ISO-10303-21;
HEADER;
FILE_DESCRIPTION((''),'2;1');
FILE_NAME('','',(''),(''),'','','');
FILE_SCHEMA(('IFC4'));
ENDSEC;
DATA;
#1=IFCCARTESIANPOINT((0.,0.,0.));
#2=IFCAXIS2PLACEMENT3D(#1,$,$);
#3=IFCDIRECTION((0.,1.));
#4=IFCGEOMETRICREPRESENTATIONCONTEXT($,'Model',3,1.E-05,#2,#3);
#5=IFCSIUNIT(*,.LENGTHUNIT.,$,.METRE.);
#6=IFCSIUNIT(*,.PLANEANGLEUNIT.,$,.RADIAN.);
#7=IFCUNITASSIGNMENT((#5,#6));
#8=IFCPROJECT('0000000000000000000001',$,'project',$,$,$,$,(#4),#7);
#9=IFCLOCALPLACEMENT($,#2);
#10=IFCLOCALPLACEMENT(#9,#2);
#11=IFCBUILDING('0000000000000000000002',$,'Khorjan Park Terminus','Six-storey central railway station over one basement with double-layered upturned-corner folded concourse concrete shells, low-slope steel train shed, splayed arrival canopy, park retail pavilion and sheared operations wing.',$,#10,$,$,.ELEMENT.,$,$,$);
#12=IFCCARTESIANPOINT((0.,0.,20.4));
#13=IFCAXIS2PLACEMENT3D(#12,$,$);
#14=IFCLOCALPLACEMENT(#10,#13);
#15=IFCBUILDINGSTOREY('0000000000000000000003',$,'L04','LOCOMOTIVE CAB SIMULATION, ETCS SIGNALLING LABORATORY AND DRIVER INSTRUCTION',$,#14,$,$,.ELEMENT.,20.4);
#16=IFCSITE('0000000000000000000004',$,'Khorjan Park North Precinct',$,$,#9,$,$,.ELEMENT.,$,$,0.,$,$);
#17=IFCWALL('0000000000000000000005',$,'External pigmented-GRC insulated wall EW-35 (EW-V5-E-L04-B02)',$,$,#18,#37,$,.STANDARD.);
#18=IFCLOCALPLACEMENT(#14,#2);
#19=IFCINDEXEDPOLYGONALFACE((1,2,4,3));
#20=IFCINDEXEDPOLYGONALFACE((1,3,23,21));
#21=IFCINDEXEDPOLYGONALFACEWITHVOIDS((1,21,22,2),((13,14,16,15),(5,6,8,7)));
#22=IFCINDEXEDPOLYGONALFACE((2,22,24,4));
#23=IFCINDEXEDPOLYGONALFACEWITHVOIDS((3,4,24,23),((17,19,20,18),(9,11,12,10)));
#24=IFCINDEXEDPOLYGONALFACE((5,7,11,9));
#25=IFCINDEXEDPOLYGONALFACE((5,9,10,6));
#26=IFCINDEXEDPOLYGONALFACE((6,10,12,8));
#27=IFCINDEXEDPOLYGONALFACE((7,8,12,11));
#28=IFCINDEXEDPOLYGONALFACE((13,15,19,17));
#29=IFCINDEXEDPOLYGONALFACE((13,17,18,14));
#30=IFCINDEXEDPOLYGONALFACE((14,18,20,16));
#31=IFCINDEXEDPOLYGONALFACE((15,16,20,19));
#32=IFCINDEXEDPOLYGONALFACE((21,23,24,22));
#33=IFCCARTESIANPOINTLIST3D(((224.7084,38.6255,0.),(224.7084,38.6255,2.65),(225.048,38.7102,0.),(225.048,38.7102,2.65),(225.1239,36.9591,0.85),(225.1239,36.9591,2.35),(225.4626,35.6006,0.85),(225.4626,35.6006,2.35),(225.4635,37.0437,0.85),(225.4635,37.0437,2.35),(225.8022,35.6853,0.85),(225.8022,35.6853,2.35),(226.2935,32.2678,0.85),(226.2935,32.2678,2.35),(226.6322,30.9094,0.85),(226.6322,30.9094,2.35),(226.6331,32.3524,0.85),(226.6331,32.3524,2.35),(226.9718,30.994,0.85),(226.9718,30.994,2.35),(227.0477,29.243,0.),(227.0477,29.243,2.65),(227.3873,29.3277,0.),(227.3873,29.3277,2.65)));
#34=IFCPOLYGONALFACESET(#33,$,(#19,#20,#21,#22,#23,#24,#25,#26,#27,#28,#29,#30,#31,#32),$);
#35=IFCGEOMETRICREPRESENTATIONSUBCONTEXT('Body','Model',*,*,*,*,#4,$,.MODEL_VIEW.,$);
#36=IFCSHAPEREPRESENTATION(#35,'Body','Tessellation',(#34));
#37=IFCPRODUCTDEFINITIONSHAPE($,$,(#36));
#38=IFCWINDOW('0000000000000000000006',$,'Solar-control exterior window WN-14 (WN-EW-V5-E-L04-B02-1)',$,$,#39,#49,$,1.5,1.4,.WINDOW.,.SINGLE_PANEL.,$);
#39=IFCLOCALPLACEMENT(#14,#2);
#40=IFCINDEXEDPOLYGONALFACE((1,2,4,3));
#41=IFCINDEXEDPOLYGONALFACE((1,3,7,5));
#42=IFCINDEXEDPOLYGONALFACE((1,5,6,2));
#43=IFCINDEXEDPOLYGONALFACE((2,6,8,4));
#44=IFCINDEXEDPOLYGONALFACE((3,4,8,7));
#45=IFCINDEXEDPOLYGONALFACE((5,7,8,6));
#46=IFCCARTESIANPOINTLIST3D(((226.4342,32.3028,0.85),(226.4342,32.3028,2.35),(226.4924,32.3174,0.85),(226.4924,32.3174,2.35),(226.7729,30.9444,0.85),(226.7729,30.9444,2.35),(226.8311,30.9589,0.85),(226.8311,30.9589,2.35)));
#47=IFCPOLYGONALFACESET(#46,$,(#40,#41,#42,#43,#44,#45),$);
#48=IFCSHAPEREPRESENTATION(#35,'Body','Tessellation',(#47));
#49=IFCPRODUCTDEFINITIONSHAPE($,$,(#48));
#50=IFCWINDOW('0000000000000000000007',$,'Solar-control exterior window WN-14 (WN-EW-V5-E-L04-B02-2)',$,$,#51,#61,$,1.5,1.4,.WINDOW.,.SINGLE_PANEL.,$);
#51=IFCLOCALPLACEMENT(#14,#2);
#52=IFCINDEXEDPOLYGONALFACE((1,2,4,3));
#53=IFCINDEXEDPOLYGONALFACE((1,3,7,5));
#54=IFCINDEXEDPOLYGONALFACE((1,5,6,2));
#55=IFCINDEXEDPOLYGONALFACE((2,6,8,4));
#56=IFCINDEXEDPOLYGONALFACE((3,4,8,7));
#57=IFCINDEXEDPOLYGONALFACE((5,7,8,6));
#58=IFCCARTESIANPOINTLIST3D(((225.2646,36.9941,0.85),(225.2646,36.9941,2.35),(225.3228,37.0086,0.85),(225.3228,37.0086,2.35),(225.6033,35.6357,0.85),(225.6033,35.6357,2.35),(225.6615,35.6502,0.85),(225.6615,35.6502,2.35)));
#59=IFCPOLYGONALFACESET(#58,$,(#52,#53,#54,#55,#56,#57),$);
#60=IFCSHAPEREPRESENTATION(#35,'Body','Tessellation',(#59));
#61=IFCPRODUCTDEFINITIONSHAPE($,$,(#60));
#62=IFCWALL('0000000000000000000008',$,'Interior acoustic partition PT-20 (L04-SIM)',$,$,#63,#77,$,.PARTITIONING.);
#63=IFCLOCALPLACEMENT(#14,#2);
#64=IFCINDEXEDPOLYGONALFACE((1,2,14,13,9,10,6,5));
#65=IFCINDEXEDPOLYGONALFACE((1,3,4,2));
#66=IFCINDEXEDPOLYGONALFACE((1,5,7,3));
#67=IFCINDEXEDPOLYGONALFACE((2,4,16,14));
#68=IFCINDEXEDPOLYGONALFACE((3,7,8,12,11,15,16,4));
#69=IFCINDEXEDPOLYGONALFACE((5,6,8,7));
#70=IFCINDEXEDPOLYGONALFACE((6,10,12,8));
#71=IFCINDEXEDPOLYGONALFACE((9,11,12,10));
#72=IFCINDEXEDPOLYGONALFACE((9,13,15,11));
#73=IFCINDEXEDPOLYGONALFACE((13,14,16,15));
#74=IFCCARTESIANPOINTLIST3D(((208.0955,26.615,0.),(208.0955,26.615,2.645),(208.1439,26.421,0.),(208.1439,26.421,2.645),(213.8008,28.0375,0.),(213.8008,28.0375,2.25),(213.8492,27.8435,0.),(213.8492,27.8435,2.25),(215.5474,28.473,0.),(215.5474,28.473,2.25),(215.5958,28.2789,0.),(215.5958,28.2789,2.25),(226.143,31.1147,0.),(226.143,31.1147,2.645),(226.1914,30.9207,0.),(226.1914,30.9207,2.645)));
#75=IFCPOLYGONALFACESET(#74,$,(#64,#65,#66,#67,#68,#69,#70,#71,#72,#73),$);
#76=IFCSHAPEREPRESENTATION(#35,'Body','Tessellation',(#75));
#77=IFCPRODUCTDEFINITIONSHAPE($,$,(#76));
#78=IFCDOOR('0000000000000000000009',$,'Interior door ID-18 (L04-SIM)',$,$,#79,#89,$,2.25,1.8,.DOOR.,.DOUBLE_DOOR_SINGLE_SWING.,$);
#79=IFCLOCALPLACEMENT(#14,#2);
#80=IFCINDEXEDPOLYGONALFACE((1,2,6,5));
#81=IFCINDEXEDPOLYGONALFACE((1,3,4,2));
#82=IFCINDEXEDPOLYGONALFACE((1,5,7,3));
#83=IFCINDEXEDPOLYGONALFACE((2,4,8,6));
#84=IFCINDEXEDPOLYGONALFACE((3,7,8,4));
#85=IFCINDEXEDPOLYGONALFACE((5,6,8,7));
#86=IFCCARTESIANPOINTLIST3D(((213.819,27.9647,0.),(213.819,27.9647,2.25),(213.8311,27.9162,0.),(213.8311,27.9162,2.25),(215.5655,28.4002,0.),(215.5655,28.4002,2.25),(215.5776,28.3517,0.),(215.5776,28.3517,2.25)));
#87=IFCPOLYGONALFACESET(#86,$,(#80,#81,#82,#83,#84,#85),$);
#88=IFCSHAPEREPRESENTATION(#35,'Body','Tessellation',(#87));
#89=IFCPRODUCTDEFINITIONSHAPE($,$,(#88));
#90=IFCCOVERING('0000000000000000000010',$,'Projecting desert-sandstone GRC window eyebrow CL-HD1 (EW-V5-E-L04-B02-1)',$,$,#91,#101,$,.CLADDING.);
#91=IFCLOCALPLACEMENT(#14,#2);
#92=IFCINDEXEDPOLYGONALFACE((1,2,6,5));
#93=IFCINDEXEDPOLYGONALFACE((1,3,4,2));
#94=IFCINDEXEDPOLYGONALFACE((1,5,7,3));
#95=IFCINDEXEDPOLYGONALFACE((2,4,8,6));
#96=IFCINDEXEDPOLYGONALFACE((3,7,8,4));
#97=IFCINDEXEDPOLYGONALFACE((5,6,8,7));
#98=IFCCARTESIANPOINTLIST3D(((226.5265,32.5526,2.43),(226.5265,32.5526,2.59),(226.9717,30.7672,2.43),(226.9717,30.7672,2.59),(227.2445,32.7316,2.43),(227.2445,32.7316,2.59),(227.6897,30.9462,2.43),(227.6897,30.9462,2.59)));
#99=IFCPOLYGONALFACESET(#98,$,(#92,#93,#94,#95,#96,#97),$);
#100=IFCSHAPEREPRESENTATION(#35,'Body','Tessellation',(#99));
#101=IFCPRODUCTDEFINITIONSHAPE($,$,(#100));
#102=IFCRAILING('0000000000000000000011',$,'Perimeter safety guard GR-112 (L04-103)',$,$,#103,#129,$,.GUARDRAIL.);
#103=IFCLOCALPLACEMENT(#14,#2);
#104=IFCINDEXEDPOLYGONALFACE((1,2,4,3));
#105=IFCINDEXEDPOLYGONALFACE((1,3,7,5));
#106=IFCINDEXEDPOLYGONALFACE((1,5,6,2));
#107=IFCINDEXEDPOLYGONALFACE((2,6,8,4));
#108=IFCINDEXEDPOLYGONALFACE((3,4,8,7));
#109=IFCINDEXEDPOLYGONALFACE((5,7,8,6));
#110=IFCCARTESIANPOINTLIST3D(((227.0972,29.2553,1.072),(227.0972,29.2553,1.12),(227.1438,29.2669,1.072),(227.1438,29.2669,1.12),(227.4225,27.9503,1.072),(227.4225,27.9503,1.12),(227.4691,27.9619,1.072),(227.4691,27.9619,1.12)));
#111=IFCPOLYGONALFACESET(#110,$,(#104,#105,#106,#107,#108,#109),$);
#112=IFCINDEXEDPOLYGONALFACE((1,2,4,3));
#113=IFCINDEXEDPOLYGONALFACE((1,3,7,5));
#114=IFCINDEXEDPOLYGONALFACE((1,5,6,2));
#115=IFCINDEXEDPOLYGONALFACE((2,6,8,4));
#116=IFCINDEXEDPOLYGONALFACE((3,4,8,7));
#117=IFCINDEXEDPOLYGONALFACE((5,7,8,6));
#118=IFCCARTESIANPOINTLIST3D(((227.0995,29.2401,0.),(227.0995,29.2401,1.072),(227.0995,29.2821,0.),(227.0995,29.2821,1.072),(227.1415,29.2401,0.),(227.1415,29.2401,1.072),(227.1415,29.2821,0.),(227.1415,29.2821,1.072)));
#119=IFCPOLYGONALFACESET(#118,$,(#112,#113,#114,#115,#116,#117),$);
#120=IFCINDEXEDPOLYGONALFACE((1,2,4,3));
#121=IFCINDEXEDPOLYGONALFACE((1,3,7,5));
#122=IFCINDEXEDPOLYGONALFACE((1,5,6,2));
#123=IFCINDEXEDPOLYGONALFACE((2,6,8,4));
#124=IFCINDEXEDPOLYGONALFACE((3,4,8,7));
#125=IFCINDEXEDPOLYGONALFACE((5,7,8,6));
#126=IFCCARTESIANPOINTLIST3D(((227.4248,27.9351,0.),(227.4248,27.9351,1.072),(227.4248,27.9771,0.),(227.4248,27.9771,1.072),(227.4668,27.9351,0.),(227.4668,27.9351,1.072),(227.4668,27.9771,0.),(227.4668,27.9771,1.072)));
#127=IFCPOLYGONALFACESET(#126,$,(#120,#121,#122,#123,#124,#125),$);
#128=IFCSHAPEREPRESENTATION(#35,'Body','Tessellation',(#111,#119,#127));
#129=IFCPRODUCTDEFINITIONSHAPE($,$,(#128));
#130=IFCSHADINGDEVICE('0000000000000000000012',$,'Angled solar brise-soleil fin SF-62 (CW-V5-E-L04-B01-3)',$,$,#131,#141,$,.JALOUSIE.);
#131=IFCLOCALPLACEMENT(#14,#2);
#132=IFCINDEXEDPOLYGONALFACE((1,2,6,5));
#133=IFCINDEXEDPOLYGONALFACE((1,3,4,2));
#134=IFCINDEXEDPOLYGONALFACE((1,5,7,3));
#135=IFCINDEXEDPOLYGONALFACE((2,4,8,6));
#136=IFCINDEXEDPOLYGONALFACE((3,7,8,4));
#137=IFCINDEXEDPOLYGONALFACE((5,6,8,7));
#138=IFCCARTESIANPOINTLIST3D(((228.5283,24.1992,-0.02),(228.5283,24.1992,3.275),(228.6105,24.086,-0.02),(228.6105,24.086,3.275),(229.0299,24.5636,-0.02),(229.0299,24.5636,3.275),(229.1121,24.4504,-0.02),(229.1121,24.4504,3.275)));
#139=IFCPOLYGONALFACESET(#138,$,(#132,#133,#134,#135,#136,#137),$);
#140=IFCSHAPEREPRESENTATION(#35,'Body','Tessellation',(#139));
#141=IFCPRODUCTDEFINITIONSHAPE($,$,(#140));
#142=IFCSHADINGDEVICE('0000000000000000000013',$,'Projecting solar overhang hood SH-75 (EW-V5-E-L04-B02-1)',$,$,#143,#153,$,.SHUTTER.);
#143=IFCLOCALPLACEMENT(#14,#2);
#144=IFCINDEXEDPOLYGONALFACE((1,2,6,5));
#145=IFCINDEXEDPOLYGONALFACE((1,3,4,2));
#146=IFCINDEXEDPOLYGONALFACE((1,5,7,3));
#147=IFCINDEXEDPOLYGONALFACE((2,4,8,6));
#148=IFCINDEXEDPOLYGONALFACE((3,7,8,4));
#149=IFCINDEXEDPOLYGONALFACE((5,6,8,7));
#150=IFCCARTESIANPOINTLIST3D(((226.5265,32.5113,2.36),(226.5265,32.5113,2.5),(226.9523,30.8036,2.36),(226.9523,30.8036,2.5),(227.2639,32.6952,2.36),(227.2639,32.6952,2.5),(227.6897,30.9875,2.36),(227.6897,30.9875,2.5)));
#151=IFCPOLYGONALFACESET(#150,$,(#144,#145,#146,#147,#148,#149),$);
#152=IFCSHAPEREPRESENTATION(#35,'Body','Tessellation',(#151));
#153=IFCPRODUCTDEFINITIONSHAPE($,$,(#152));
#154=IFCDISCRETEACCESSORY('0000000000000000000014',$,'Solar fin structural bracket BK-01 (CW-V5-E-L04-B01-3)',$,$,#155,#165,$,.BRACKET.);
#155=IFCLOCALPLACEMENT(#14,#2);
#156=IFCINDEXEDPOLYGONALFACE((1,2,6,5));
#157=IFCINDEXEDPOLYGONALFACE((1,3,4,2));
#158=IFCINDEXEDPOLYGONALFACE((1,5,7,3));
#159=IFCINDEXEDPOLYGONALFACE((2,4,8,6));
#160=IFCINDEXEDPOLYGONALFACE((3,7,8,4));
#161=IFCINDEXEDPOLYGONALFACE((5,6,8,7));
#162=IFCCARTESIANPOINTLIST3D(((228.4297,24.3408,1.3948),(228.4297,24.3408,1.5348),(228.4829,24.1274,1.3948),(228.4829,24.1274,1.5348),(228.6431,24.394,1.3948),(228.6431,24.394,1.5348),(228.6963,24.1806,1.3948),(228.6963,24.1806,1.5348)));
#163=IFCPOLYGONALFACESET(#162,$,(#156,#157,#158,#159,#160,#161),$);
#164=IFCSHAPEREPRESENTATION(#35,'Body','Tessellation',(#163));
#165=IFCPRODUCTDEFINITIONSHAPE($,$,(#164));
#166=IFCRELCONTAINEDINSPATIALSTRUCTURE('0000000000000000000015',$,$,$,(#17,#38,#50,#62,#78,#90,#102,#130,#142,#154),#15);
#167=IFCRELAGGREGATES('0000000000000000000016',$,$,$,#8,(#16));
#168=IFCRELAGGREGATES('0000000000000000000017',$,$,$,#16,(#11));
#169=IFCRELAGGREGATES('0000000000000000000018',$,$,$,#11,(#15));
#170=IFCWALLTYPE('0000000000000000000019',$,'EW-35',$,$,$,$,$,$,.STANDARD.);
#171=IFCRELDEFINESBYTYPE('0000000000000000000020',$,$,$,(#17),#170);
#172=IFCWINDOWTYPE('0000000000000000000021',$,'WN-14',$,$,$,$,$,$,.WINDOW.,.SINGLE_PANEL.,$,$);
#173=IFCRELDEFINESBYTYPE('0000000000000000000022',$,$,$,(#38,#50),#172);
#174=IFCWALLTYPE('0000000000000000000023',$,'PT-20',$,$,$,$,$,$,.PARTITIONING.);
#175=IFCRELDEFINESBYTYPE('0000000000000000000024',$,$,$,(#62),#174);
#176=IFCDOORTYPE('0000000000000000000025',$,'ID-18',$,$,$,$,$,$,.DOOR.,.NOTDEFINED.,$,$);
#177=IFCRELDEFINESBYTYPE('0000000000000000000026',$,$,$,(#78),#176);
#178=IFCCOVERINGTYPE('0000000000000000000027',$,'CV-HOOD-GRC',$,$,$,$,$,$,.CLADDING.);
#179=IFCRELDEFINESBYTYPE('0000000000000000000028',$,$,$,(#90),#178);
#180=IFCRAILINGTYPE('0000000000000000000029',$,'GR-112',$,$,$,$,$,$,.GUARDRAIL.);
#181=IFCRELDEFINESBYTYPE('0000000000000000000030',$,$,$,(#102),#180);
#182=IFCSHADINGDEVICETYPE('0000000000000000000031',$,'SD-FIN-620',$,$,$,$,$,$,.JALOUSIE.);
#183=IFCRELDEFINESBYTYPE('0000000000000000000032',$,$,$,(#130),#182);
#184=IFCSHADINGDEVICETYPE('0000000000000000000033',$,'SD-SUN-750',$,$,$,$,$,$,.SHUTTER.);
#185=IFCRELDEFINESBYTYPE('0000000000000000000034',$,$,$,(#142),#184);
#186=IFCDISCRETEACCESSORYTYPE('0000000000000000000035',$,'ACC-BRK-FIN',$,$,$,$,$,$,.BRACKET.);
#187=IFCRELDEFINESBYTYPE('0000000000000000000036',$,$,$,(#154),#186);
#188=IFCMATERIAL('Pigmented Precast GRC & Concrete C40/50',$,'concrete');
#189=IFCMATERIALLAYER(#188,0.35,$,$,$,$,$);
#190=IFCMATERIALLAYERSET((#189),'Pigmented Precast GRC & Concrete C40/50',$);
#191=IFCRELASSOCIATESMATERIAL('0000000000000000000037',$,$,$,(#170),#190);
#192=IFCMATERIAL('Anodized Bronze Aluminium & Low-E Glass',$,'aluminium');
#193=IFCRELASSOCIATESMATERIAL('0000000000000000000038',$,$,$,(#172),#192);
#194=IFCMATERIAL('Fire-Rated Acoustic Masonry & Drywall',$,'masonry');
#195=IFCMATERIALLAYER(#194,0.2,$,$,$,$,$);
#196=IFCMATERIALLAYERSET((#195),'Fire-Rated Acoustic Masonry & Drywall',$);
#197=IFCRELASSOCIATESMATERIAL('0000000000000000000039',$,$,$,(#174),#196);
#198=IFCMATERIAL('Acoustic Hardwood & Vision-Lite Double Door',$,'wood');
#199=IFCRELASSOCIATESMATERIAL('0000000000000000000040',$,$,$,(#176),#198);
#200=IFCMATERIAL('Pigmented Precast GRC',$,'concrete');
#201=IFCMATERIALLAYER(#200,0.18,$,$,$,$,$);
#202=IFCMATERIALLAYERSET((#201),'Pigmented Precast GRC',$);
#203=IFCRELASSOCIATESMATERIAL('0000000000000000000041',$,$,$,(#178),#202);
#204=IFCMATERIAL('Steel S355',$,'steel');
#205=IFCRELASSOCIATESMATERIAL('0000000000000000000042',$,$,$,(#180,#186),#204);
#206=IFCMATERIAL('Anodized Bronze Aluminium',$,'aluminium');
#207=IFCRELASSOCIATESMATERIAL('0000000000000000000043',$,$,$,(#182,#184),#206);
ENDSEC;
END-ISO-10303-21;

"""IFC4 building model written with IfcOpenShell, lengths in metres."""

from ifc_helpers import new_model, si_unit, direction, frame, frame_2d, origin, origin_2d, place, context, subcontext, project, spatial, rectangle, extrude, material, layer, layer_set, type_object, element, fill, save


model = new_model("IFC4")

# Units and contexts
model_context = context("Model", 3, precision=1e-05, world=origin(), true_north=direction((0.0, 1.0)))
body_context = subcontext(model_context, "Body", "Model", "MODEL_VIEW")
ifc_project = project(units=[si_unit("LENGTHUNIT", "METRE"), si_unit("PLANEANGLEUNIT", "RADIAN")], contexts=[model_context])

# Site, building, storey
site_placement = place(None, origin())
site = spatial("IfcSite", under=ifc_project, at=site_placement, Name="Khorjan Park North Precinct", CompositionType="ELEMENT", RefElevation=0.0)
building_placement = place(site_placement, origin())
building = spatial("IfcBuilding", under=site, at=building_placement, Name="Khorjan Park Terminus", Description="Six-storey central railway station over one basement with double-layered upturned-corner folded concourse concrete shells, low-slope steel train shed, splayed arrival canopy, park retail pavilion and sheared operations wing.", CompositionType="ELEMENT")
storey_placement = place(building_placement, frame((0.0, 0.0, 20.4)))
storey = spatial("IfcBuildingStorey", under=building, at=storey_placement, Name="L04", Description="LOCOMOTIVE CAB SIMULATION, ETCS SIGNALLING LABORATORY AND DRIVER INSTRUCTION", CompositionType="ELEMENT", Elevation=20.4)

# Shared definitions
ifc_material_1 = material(Name="Anodized Bronze Aluminium", Category="aluminium")

# Wall, openings, windows
ifc_material_2 = material(Name="Pigmented Precast GRC & Concrete C40/50", Category="concrete")
ifc_layer_1 = layer(ifc_material_2, 0.35)
ifc_layer_set_1 = layer_set([ifc_layer_1], Name="Pigmented Precast GRC & Concrete C40/50")
wall_type_1 = type_object("IfcWallType", Name="EW-35", PredefinedType="STANDARD", material=ifc_layer_set_1)
wall_1_placement = place(storey_placement, frame((227.2175, 29.2853, 0.0), z_axis=(0.0, 0.0, 1.0), x_axis=(-0.24192, 0.970296, 0.0)))
wall_1 = element("IfcWall", 1, at=wall_1_placement, inside=storey, type_object=wall_type_1, Name="External pigmented-GRC insulated wall EW-35 (EW-V5-E-L04-B02)", PredefinedType="STANDARD", context=body_context, shape_type="SweptSolid", body=[
    extrude(rectangle(XDim=9.6697, YDim=0.35, at=frame_2d((4.8349, 0.0))), origin(), (0.0, 0.0, 1.0), 2.65),
])
opening_1_placement = place(wall_1_placement, frame((1.7174, 0.0, 0.85)))
opening_1 = element("IfcOpeningElement", 2, at=opening_1_placement, cuts=wall_1, PredefinedType="OPENING", context=body_context, shape_type="SweptSolid", body=[
    extrude(rectangle(XDim=1.4, YDim=1.5, at=frame_2d((0.7, 0.75))), frame((0.0, 0.185, 0.0), z_axis=(0.0, -1.0, 0.0), x_axis=(1.0, 0.0, 0.0)), (0.0, 0.0, 1.0), 0.37),
])
opening_2_placement = place(wall_1_placement, frame((6.5523, 0.0, 0.85)))
opening_2 = element("IfcOpeningElement", 3, at=opening_2_placement, cuts=wall_1, PredefinedType="OPENING", context=body_context, shape_type="SweptSolid", body=[
    extrude(rectangle(XDim=1.4, YDim=1.5, at=frame_2d((0.7, 0.75))), frame((0.0, 0.185, 0.0), z_axis=(0.0, -1.0, 0.0), x_axis=(1.0, 0.0, 0.0)), (0.0, 0.0, 1.0), 0.37),
])
ifc_material_3 = material(Name="Anodized Bronze Aluminium & Low-E Glass", Category="aluminium")
window_type = type_object("IfcWindowType", Name="WN-14", PartitioningType="SINGLE_PANEL", PredefinedType="WINDOW", material=ifc_material_3)
window_1_placement = place(opening_1_placement, origin())
window_1 = element("IfcWindow", 4, at=window_1_placement, inside=storey, type_object=window_type, Name="Solar-control exterior window WN-14 (WN-EW-V5-E-L04-B02-1)", OverallHeight=1.5, OverallWidth=1.4, PartitioningType="SINGLE_PANEL", PredefinedType="WINDOW", context=body_context, shape_type="SweptSolid", body=[
    extrude(rectangle(XDim=1.4, YDim=1.5, at=frame_2d((0.7, 0.75))), frame((0.0, 0.03, 0.0), z_axis=(0.0, -1.0, 0.0), x_axis=(1.0, 0.0, 0.0)), (0.0, 0.0, 1.0), 0.06),
])
fill(opening_1, window_1)
window_2_placement = place(opening_2_placement, origin())
window_2 = element("IfcWindow", 5, at=window_2_placement, inside=storey, type_object=window_type, Name="Solar-control exterior window WN-14 (WN-EW-V5-E-L04-B02-2)", OverallHeight=1.5, OverallWidth=1.4, PartitioningType="SINGLE_PANEL", PredefinedType="WINDOW", context=body_context, shape_type="SweptSolid", body=[
    extrude(rectangle(XDim=1.4, YDim=1.5, at=frame_2d((0.7, 0.75))), frame((0.0, 0.03, 0.0), z_axis=(0.0, -1.0, 0.0), x_axis=(1.0, 0.0, 0.0)), (0.0, 0.0, 1.0), 0.06),
])
fill(opening_2, window_2)

# Wall, opening, door
ifc_material_4 = material(Name="Fire-Rated Acoustic Masonry & Drywall", Category="masonry")
ifc_layer_2 = layer(ifc_material_4, 0.2)
ifc_layer_set_2 = layer_set([ifc_layer_2], Name="Fire-Rated Acoustic Masonry & Drywall")
wall_type_2 = type_object("IfcWallType", Name="PT-20", PredefinedType="PARTITIONING", material=ifc_layer_set_2)
wall_2_placement = place(storey_placement, frame((226.1672, 31.0177, 0.0), z_axis=(0.0, 0.0, 1.0), x_axis=(-0.970296, -0.24192, 0.0)))
wall_2 = element("IfcWall", 6, at=wall_2_placement, inside=storey, type_object=wall_type_2, Name="Interior acoustic partition PT-20 (L04-SIM)", PredefinedType="PARTITIONING", context=body_context, shape_type="SweptSolid", body=[
    extrude(rectangle(XDim=18.6, YDim=0.2, at=frame_2d((9.3, 0.0))), origin(), (0.0, 0.0, 1.0), 2.645),
])
opening_3_placement = place(wall_2_placement, frame((10.92, 0.0, 0.0)))
opening_3 = element("IfcOpeningElement", 7, at=opening_3_placement, cuts=wall_2, PredefinedType="OPENING", context=body_context, shape_type="SweptSolid", body=[
    extrude(rectangle(XDim=1.8, YDim=2.25, at=frame_2d((0.9, 1.125))), frame((0.0, 0.11, 0.0), z_axis=(0.0, -1.0, 0.0), x_axis=(1.0, 0.0, 0.0)), (0.0, 0.0, 1.0), 0.22),
])
ifc_material_5 = material(Name="Acoustic Hardwood & Vision-Lite Double Door", Category="wood")
door_type = type_object("IfcDoorType", Name="ID-18", OperationType="NOTDEFINED", PredefinedType="DOOR", material=ifc_material_5)
door_placement = place(opening_3_placement, origin())
door = element("IfcDoor", 8, at=door_placement, inside=storey, type_object=door_type, Name="Interior door ID-18 (L04-SIM)", OperationType="DOUBLE_DOOR_SINGLE_SWING", OverallHeight=2.25, OverallWidth=1.8, PredefinedType="DOOR", context=body_context, shape_type="SweptSolid", body=[
    extrude(rectangle(XDim=1.8, YDim=2.25, at=frame_2d((0.9, 1.125))), frame((0.0, 0.025, 0.0), z_axis=(0.0, -1.0, 0.0), x_axis=(1.0, 0.0, 0.0)), (0.0, 0.0, 1.0), 0.05),
])
fill(opening_3, door)

# Covering
ifc_material_6 = material(Name="Pigmented Precast GRC", Category="concrete")
ifc_layer_3 = layer(ifc_material_6, 0.18)
ifc_layer_set_3 = layer_set([ifc_layer_3], Name="Pigmented Precast GRC")
covering_type = type_object("IfcCoveringType", Name="CV-HOOD-GRC", PredefinedType="CLADDING", material=ifc_layer_set_3)
covering_placement = place(storey_placement, frame((227.1081, 31.7494, 2.43), z_axis=(0.0, 0.0, 1.0), x_axis=(-0.24192, 0.970296, 0.0)))
element("IfcCovering", 9, at=covering_placement, inside=storey, type_object=covering_type, Name="Projecting desert-sandstone GRC window eyebrow CL-HD1 (EW-V5-E-L04-B02-1)", PredefinedType="CLADDING", context=body_context, shape_type="SweptSolid", body=[
    extrude(rectangle(XDim=1.84, YDim=0.74, at=origin_2d()), origin(), (0.0, 0.0, 1.0), 0.16),
])

# Railing
ifc_material_7 = material(Name="Steel S355", Category="steel")
railing_type = type_object("IfcRailingType", Name="GR-112", PredefinedType="GUARDRAIL", material=ifc_material_7)
railing_placement = place(storey_placement, frame((227.1205, 29.2611, 0.0)))
element("IfcRailing", 10, at=railing_placement, inside=storey, type_object=railing_type, Name="Perimeter safety guard GR-112 (L04-103)", PredefinedType="GUARDRAIL", context=body_context, shape_type="SweptSolid", body=[
    extrude(rectangle(XDim=0.048, YDim=0.048, at=origin_2d()), frame((0.0, 0.0, 1.096), z_axis=(0.241871, -0.970308, 0.0), x_axis=(0.970308, 0.241871, 0.0)), (0.0, 0.0, 1.0), 1.3449),
    extrude(rectangle(XDim=0.042, YDim=0.042, at=origin_2d()), origin(), (0.0, 0.0, 1.0), 1.072),
    extrude(rectangle(XDim=0.042, YDim=0.042, at=origin_2d()), frame((0.3253, -1.305, 0.0)), (0.0, 0.0, 1.0), 1.072),
])

# Shading devices
shading_device_type_1 = type_object("IfcShadingDeviceType", Name="SD-FIN-620", PredefinedType="JALOUSIE", material=ifc_material_1)
shading_device_1_placement = place(storey_placement, frame((228.8202, 24.3248, -0.02), z_axis=(0.0, 0.0, 1.0), x_axis=(-0.809017, -0.587785, 0.0)))
element("IfcShadingDevice", 11, at=shading_device_1_placement, inside=storey, type_object=shading_device_type_1, Name="Angled solar brise-soleil fin SF-62 (CW-V5-E-L04-B01-3)", PredefinedType="JALOUSIE", context=body_context, shape_type="SweptSolid", body=[
    extrude(rectangle(XDim=0.62, YDim=0.14, at=origin_2d()), origin(), (0.0, 0.0, 1.0), 3.295),
])
shading_device_type_2 = type_object("IfcShadingDeviceType", Name="SD-SUN-750", PredefinedType="SHUTTER", material=ifc_material_1)
shading_device_2_placement = place(storey_placement, frame((227.1081, 31.7494, 2.36), z_axis=(0.0, 0.0, 1.0), x_axis=(-0.24192, 0.970296, 0.0)))
element("IfcShadingDevice", 12, at=shading_device_2_placement, inside=storey, type_object=shading_device_type_2, Name="Projecting solar overhang hood SH-75 (EW-V5-E-L04-B02-1)", PredefinedType="SHUTTER", context=body_context, shape_type="SweptSolid", body=[
    extrude(rectangle(XDim=1.76, YDim=0.76, at=origin_2d()), origin(), (0.0, 0.0, 1.0), 0.14),
])

# Discrete accessory
discrete_accessory_type = type_object("IfcDiscreteAccessoryType", Name="ACC-BRK-FIN", PredefinedType="BRACKET", material=ifc_material_7)
discrete_accessory_placement = place(storey_placement, frame((228.563, 24.2607, 1.3948), z_axis=(0.0, 0.0, 1.0), x_axis=(-0.24192, 0.970296, 0.0)))
element("IfcDiscreteAccessory", 13, at=discrete_accessory_placement, inside=storey, type_object=discrete_accessory_type, Name="Solar fin structural bracket BK-01 (CW-V5-E-L04-B01-3)", PredefinedType="BRACKET", context=body_context, shape_type="SweptSolid", body=[
    extrude(rectangle(XDim=0.22, YDim=0.22, at=origin_2d()), origin(), (0.0, 0.0, 1.0), 0.14),
])

save(model, "model.ifc")
